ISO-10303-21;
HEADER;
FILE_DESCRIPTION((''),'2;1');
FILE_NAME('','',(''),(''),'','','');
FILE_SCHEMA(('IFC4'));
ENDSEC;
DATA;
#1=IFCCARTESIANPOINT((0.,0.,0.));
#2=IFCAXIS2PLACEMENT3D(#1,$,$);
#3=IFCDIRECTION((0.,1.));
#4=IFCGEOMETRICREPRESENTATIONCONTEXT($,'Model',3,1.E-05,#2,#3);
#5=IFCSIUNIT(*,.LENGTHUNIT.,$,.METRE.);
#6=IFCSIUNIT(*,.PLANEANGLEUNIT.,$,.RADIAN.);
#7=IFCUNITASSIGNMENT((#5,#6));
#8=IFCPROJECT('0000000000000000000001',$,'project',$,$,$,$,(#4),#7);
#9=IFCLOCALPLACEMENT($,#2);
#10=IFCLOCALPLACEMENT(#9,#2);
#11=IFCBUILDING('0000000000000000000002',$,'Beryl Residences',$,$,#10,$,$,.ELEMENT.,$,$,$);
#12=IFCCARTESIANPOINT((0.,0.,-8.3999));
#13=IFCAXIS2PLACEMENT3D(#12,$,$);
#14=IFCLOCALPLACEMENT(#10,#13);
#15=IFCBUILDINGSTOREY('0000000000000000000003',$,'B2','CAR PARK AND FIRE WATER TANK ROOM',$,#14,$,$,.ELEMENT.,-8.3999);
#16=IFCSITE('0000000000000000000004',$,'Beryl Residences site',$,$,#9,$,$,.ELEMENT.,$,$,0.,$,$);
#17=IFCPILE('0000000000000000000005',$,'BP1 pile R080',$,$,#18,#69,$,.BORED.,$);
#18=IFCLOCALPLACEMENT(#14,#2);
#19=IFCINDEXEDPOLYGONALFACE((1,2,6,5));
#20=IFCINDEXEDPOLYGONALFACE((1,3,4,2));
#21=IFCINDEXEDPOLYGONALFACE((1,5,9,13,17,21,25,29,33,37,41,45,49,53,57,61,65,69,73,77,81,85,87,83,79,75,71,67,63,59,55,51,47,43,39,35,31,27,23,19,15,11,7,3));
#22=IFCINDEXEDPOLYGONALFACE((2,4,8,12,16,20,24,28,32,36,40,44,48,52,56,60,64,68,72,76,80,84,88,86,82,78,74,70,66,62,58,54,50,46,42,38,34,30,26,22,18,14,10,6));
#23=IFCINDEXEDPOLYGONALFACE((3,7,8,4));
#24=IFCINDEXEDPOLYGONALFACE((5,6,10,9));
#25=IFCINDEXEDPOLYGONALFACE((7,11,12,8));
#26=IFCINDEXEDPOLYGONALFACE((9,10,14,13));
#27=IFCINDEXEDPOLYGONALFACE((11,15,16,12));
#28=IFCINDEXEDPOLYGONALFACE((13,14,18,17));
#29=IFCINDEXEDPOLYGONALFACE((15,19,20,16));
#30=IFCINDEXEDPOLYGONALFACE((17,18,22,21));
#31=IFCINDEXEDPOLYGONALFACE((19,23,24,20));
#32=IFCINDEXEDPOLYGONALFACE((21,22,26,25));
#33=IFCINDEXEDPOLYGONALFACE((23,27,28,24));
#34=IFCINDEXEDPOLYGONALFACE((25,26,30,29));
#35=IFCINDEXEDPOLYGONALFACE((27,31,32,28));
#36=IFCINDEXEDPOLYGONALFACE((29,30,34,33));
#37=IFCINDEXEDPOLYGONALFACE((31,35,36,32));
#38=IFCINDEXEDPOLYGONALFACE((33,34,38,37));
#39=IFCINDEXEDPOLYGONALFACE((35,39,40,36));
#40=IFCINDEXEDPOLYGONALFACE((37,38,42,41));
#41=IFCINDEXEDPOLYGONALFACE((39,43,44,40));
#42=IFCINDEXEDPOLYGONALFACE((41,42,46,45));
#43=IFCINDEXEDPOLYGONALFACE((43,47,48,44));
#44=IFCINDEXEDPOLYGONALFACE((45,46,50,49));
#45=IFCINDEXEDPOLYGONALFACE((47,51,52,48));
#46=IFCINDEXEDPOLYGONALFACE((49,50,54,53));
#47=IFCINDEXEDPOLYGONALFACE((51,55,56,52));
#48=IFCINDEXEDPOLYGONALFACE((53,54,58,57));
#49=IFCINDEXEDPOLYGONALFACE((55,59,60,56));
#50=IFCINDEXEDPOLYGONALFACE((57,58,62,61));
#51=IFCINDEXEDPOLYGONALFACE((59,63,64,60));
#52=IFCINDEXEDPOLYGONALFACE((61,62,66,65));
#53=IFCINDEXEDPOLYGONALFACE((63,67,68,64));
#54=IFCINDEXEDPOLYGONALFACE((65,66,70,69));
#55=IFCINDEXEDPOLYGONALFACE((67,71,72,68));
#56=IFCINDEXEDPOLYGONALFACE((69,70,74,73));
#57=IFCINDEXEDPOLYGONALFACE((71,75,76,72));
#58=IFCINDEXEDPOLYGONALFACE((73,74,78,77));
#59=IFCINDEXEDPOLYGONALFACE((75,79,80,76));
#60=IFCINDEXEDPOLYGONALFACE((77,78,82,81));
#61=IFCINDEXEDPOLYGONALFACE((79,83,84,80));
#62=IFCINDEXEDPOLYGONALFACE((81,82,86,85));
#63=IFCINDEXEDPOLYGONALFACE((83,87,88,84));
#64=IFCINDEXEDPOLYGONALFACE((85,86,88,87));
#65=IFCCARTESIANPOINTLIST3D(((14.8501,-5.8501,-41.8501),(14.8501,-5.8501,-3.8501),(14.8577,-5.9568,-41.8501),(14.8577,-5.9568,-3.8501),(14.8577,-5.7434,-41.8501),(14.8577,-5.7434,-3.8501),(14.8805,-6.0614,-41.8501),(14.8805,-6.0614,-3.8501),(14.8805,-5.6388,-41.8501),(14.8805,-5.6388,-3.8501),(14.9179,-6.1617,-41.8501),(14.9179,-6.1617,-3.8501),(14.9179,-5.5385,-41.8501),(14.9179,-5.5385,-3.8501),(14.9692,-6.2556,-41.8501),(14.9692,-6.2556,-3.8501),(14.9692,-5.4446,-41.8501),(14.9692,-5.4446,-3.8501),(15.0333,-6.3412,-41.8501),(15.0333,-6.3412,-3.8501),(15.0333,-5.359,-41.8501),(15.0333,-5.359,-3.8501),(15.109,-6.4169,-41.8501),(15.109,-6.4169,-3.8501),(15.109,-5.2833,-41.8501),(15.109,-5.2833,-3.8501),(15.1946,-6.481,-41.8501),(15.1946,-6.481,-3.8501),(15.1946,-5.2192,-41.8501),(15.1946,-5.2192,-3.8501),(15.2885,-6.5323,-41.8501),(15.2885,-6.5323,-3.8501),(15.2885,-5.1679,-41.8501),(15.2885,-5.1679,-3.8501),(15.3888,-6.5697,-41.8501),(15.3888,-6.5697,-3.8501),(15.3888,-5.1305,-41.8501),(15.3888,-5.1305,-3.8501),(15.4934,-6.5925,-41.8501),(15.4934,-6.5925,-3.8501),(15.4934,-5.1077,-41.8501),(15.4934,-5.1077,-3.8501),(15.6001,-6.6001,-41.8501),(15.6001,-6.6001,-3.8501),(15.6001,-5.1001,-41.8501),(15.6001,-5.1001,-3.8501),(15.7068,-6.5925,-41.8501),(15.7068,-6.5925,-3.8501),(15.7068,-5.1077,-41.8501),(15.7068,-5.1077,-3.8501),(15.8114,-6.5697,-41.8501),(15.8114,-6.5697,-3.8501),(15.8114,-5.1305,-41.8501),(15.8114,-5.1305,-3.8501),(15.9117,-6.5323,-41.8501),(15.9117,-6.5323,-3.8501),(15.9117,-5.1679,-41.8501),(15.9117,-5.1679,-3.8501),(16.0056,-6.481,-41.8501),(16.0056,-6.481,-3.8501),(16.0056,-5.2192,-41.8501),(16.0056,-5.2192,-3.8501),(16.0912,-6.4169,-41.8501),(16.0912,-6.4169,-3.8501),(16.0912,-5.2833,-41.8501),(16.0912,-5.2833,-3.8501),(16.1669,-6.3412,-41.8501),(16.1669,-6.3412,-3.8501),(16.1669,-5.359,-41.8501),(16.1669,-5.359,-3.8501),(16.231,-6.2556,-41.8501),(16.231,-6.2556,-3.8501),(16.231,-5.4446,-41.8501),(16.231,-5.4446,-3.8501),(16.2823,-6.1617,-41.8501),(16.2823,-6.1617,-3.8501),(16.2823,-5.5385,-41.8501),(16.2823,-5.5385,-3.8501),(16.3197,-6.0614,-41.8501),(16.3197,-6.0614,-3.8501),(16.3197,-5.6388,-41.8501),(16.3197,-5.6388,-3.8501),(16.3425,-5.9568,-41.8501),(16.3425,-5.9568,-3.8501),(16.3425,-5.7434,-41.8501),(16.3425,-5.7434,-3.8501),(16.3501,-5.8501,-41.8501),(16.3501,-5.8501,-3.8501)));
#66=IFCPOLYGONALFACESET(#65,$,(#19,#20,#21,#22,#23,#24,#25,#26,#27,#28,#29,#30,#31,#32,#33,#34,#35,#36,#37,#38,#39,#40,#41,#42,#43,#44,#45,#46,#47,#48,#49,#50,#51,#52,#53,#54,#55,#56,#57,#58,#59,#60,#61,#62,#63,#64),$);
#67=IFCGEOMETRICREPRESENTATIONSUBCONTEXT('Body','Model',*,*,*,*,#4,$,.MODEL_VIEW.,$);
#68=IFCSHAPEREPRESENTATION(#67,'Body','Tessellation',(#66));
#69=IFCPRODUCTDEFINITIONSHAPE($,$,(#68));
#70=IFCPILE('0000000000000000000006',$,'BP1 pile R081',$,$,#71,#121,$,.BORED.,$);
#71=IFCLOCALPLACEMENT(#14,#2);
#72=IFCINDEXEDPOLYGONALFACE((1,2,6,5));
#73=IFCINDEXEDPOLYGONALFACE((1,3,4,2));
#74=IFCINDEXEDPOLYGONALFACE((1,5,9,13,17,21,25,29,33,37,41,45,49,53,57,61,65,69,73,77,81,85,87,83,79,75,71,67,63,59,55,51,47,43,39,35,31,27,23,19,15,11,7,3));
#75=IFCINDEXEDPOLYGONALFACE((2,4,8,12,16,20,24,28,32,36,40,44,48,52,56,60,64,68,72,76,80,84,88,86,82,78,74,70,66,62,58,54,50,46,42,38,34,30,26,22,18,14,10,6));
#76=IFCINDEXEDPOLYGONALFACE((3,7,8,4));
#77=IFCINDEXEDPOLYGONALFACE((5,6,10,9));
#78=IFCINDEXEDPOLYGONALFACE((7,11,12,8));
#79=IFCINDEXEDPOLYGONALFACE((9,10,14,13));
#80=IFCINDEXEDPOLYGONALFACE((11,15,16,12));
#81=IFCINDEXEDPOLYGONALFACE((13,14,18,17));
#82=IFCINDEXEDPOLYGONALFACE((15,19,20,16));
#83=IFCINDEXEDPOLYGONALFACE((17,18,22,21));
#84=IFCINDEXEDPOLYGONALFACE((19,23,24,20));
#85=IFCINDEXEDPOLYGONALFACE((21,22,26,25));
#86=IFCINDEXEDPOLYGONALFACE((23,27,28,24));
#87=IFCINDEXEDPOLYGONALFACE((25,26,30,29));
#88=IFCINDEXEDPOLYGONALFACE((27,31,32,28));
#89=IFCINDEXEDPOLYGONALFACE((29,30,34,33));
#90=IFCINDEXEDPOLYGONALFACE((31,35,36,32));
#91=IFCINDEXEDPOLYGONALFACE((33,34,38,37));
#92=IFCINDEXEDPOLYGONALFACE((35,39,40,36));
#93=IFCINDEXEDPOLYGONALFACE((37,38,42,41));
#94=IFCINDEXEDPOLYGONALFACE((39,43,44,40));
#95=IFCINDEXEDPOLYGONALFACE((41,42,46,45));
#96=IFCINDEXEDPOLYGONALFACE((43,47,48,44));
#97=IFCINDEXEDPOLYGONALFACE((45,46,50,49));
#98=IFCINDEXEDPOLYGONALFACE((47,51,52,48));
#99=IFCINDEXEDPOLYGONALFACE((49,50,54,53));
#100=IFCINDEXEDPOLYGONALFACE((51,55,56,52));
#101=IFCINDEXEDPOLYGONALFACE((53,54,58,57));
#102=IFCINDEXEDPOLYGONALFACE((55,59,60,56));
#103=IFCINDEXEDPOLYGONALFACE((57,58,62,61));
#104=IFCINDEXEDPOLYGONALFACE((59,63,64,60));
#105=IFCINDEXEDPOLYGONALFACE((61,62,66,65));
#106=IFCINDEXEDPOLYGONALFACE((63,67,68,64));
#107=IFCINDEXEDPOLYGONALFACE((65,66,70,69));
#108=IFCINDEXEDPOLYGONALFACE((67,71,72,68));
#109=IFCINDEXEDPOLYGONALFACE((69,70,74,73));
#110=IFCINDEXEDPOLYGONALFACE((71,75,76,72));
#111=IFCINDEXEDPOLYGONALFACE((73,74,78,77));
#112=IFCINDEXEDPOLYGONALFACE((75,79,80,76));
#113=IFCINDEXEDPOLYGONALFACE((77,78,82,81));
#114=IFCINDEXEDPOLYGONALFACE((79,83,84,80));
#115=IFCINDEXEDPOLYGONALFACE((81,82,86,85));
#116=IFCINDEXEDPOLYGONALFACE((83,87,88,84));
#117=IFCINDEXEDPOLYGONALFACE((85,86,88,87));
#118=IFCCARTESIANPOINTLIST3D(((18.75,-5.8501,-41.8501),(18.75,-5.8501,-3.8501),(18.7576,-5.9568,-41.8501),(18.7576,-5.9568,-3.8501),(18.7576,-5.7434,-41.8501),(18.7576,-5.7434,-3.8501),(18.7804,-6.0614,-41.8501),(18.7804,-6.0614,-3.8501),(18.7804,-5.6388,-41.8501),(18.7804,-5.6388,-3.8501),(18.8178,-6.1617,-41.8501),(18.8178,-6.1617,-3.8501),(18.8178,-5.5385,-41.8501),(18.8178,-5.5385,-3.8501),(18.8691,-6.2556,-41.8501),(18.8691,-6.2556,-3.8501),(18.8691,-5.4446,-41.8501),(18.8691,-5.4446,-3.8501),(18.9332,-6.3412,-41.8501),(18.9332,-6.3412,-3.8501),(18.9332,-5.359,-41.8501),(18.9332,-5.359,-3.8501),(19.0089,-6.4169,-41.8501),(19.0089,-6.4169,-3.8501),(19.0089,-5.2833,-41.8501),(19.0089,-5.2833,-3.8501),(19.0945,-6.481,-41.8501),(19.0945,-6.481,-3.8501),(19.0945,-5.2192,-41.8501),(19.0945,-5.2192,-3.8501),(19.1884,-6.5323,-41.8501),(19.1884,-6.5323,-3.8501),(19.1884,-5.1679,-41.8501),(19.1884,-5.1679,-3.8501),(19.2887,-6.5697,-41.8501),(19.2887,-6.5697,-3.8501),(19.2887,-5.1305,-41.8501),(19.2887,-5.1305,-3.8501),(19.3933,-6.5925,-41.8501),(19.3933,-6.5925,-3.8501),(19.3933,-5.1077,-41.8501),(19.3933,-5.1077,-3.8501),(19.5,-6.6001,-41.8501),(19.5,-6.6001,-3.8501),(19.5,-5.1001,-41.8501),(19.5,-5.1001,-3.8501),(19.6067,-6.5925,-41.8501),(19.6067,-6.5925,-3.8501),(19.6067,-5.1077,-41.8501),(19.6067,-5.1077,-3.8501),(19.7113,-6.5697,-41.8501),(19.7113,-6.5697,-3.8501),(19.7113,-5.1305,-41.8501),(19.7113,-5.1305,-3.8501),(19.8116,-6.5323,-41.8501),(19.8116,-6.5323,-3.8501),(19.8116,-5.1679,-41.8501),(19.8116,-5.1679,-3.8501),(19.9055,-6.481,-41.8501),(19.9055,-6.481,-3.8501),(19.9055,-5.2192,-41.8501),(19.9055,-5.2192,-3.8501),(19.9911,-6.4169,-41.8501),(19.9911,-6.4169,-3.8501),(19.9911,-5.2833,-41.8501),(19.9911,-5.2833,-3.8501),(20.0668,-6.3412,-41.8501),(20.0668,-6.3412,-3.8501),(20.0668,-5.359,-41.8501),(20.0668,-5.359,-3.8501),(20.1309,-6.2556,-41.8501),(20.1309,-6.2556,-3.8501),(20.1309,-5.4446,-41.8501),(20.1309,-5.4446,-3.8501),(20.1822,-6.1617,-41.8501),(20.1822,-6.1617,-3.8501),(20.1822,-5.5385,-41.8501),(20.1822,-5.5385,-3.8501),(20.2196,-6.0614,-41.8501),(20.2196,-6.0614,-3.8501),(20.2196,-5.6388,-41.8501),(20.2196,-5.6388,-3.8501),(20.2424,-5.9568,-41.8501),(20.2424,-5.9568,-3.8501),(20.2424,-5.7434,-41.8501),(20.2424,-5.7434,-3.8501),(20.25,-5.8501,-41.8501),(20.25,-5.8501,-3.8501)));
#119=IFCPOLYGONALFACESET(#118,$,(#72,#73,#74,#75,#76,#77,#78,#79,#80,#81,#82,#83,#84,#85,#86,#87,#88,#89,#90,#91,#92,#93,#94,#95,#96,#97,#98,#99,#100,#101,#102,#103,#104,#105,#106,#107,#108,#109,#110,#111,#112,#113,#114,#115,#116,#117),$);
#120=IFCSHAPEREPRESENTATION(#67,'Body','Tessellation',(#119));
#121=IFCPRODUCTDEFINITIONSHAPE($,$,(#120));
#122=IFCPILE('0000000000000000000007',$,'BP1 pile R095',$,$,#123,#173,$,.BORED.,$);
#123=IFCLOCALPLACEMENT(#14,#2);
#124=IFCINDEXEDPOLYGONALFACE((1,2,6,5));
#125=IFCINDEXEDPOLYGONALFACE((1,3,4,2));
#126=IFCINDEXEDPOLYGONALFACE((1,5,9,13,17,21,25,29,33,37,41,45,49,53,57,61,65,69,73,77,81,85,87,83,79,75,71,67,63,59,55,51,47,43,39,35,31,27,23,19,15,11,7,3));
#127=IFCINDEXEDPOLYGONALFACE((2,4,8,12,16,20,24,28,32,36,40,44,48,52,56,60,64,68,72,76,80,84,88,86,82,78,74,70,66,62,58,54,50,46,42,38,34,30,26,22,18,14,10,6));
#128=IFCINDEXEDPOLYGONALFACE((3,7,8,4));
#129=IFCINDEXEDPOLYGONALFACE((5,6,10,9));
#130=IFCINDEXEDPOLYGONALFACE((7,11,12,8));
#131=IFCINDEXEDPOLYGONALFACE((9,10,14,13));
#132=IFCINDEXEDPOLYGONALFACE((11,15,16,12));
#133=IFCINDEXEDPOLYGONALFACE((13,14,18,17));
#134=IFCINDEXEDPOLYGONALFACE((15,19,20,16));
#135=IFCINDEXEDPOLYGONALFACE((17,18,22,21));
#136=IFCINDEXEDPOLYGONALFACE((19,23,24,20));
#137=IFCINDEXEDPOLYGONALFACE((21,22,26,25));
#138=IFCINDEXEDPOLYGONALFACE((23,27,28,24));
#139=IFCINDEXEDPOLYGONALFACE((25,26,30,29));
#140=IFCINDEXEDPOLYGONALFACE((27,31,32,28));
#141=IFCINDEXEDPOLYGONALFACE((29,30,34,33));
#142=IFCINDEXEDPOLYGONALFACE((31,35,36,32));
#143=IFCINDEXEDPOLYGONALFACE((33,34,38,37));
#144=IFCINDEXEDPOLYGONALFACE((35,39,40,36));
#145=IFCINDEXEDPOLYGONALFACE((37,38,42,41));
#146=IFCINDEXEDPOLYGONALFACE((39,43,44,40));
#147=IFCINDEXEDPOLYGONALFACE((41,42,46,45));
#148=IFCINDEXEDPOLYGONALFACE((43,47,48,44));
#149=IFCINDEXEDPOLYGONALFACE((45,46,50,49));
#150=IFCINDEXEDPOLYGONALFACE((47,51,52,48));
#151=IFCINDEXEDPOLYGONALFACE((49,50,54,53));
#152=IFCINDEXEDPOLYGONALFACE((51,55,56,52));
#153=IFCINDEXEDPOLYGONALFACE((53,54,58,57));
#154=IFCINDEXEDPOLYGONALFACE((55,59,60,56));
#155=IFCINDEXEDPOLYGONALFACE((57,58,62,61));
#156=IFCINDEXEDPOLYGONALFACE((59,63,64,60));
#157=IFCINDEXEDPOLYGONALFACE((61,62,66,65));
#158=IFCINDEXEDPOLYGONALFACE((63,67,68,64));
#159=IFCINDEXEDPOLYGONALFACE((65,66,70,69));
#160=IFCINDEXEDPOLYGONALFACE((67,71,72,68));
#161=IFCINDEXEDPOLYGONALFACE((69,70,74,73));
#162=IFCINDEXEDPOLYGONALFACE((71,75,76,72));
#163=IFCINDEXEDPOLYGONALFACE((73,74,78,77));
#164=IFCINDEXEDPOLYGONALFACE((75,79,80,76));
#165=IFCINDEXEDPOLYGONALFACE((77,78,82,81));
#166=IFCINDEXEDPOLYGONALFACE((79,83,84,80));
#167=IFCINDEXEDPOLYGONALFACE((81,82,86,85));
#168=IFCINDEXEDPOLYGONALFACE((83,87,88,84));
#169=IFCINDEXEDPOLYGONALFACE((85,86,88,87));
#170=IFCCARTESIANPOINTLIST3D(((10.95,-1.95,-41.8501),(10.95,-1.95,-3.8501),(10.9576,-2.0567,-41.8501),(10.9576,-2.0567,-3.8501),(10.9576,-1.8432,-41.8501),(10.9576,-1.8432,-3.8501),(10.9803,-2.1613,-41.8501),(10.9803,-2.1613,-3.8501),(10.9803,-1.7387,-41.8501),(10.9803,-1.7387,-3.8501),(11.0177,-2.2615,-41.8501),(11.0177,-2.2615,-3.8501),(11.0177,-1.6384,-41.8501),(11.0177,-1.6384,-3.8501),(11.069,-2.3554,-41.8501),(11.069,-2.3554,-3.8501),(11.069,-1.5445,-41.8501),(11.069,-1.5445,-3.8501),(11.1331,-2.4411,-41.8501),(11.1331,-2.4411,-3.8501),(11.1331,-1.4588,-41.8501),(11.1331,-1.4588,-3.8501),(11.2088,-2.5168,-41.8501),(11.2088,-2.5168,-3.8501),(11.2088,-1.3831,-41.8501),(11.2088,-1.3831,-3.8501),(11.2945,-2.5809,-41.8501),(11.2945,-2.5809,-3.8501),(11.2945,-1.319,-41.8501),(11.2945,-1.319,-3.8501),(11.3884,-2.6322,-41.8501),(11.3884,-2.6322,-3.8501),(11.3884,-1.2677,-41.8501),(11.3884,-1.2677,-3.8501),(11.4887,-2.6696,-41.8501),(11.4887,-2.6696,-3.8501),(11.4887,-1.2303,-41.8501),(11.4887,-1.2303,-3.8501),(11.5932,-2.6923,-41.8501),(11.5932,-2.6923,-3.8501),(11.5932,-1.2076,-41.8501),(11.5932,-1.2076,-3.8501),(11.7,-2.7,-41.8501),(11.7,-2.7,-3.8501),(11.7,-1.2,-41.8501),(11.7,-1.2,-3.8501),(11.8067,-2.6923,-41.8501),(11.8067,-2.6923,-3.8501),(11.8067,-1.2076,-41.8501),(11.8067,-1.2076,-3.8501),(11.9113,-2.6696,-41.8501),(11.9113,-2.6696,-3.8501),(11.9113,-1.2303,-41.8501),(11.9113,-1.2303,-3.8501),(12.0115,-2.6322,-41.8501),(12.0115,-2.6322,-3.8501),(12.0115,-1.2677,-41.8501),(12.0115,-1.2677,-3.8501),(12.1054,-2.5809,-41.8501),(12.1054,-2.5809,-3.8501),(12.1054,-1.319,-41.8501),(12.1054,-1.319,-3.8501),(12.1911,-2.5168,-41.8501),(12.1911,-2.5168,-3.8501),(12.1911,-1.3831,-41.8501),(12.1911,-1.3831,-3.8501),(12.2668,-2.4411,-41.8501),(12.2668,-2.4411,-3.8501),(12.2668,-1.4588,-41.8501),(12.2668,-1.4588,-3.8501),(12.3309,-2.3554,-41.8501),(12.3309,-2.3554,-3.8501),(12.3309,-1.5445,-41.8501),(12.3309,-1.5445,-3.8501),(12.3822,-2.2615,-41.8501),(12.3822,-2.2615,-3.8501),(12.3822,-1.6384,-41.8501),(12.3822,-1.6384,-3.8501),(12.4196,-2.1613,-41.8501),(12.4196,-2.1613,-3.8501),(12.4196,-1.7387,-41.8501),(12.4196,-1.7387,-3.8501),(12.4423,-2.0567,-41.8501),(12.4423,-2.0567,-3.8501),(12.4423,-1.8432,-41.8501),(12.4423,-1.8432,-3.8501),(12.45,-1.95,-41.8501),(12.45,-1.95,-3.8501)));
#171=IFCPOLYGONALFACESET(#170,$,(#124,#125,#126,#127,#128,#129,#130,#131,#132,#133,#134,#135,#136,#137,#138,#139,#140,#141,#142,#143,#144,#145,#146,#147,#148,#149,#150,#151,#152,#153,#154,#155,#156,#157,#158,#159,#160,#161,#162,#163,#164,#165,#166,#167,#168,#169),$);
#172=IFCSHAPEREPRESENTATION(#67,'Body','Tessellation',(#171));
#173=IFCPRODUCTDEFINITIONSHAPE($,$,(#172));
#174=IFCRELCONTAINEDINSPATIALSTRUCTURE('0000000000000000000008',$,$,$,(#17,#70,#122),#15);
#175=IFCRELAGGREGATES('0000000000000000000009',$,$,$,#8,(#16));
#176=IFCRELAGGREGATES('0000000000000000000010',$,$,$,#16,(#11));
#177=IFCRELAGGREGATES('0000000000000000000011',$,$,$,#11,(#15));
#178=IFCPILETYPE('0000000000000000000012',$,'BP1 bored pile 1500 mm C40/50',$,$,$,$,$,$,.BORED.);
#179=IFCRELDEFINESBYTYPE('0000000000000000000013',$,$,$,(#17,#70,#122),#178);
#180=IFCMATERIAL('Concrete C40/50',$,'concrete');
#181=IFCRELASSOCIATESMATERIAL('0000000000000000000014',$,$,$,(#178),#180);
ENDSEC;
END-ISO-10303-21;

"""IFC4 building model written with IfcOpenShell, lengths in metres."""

from ifc_helpers import new_model, si_unit, direction, frame, origin, origin_2d, place, context, subcontext, project, spatial, circle, extrude, material, material_profile, profile_set, type_object, element, save


model = new_model("IFC4")

# Units and contexts
model_context = context("Model", 3, precision=1e-05, world=origin(), true_north=direction((0.0, 1.0)))
body_context = subcontext(model_context, "Body", "Model", "MODEL_VIEW")
ifc_project = project(units=[si_unit("LENGTHUNIT", "METRE"), si_unit("PLANEANGLEUNIT", "RADIAN")], contexts=[model_context])

# Site, building, storey
site_placement = place(None, origin())
site = spatial("IfcSite", under=ifc_project, at=site_placement, Name="Beryl Residences site", CompositionType="ELEMENT", RefElevation=0.0)
building_placement = place(site_placement, origin())
building = spatial("IfcBuilding", under=site, at=building_placement, Name="Beryl Residences", CompositionType="ELEMENT")
storey_placement = place(building_placement, frame((0.0, 0.0, -8.3999)))
storey = spatial("IfcBuildingStorey", under=building, at=storey_placement, Name="B2", Description="CAR PARK AND FIRE WATER TANK ROOM", CompositionType="ELEMENT", Elevation=-8.3999)

# Piles
ifc_material_1 = material(Name="Concrete C40/50", Category="concrete")
ifc_material_profile_1 = material_profile(ifc_material_1, circle(Radius=0.75, at=origin_2d()))
ifc_profile_set_1 = profile_set([ifc_material_profile_1], Name="Concrete C40/50")
pile_type_1 = type_object("IfcPileType", Name="BP1 bored pile 1500 mm C40/50", PredefinedType="BORED", material=ifc_profile_set_1)
for number, where, z_axis, x_axis, name in (
    (1, (15.6001, -5.8501, -3.8501), (0.0, 0.0, -1.0), (1.0, 0.0, 0.0), "BP1 pile R080"),
    (2, (19.5, -5.8501, -3.8501), (0.0, 0.0, -1.0), (1.0, 0.0, 0.0), "BP1 pile R081"),
    (3, (11.7, -1.95, -3.8501), (0.0, 0.0, -1.0), (1.0, 0.0, 0.0), "BP1 pile R095"),
):
    element("IfcPile", number, at=place(storey_placement, frame(where, z_axis=z_axis, x_axis=x_axis)), inside=storey, type_object=pile_type_1, Name=name, PredefinedType="BORED", context=body_context, shape_type="SweptSolid", body=[
        extrude(circle(Radius=0.75, at=origin_2d()), origin(), (0.0, 0.0, 1.0), 38.0),
    ])

save(model, "model.ifc")
